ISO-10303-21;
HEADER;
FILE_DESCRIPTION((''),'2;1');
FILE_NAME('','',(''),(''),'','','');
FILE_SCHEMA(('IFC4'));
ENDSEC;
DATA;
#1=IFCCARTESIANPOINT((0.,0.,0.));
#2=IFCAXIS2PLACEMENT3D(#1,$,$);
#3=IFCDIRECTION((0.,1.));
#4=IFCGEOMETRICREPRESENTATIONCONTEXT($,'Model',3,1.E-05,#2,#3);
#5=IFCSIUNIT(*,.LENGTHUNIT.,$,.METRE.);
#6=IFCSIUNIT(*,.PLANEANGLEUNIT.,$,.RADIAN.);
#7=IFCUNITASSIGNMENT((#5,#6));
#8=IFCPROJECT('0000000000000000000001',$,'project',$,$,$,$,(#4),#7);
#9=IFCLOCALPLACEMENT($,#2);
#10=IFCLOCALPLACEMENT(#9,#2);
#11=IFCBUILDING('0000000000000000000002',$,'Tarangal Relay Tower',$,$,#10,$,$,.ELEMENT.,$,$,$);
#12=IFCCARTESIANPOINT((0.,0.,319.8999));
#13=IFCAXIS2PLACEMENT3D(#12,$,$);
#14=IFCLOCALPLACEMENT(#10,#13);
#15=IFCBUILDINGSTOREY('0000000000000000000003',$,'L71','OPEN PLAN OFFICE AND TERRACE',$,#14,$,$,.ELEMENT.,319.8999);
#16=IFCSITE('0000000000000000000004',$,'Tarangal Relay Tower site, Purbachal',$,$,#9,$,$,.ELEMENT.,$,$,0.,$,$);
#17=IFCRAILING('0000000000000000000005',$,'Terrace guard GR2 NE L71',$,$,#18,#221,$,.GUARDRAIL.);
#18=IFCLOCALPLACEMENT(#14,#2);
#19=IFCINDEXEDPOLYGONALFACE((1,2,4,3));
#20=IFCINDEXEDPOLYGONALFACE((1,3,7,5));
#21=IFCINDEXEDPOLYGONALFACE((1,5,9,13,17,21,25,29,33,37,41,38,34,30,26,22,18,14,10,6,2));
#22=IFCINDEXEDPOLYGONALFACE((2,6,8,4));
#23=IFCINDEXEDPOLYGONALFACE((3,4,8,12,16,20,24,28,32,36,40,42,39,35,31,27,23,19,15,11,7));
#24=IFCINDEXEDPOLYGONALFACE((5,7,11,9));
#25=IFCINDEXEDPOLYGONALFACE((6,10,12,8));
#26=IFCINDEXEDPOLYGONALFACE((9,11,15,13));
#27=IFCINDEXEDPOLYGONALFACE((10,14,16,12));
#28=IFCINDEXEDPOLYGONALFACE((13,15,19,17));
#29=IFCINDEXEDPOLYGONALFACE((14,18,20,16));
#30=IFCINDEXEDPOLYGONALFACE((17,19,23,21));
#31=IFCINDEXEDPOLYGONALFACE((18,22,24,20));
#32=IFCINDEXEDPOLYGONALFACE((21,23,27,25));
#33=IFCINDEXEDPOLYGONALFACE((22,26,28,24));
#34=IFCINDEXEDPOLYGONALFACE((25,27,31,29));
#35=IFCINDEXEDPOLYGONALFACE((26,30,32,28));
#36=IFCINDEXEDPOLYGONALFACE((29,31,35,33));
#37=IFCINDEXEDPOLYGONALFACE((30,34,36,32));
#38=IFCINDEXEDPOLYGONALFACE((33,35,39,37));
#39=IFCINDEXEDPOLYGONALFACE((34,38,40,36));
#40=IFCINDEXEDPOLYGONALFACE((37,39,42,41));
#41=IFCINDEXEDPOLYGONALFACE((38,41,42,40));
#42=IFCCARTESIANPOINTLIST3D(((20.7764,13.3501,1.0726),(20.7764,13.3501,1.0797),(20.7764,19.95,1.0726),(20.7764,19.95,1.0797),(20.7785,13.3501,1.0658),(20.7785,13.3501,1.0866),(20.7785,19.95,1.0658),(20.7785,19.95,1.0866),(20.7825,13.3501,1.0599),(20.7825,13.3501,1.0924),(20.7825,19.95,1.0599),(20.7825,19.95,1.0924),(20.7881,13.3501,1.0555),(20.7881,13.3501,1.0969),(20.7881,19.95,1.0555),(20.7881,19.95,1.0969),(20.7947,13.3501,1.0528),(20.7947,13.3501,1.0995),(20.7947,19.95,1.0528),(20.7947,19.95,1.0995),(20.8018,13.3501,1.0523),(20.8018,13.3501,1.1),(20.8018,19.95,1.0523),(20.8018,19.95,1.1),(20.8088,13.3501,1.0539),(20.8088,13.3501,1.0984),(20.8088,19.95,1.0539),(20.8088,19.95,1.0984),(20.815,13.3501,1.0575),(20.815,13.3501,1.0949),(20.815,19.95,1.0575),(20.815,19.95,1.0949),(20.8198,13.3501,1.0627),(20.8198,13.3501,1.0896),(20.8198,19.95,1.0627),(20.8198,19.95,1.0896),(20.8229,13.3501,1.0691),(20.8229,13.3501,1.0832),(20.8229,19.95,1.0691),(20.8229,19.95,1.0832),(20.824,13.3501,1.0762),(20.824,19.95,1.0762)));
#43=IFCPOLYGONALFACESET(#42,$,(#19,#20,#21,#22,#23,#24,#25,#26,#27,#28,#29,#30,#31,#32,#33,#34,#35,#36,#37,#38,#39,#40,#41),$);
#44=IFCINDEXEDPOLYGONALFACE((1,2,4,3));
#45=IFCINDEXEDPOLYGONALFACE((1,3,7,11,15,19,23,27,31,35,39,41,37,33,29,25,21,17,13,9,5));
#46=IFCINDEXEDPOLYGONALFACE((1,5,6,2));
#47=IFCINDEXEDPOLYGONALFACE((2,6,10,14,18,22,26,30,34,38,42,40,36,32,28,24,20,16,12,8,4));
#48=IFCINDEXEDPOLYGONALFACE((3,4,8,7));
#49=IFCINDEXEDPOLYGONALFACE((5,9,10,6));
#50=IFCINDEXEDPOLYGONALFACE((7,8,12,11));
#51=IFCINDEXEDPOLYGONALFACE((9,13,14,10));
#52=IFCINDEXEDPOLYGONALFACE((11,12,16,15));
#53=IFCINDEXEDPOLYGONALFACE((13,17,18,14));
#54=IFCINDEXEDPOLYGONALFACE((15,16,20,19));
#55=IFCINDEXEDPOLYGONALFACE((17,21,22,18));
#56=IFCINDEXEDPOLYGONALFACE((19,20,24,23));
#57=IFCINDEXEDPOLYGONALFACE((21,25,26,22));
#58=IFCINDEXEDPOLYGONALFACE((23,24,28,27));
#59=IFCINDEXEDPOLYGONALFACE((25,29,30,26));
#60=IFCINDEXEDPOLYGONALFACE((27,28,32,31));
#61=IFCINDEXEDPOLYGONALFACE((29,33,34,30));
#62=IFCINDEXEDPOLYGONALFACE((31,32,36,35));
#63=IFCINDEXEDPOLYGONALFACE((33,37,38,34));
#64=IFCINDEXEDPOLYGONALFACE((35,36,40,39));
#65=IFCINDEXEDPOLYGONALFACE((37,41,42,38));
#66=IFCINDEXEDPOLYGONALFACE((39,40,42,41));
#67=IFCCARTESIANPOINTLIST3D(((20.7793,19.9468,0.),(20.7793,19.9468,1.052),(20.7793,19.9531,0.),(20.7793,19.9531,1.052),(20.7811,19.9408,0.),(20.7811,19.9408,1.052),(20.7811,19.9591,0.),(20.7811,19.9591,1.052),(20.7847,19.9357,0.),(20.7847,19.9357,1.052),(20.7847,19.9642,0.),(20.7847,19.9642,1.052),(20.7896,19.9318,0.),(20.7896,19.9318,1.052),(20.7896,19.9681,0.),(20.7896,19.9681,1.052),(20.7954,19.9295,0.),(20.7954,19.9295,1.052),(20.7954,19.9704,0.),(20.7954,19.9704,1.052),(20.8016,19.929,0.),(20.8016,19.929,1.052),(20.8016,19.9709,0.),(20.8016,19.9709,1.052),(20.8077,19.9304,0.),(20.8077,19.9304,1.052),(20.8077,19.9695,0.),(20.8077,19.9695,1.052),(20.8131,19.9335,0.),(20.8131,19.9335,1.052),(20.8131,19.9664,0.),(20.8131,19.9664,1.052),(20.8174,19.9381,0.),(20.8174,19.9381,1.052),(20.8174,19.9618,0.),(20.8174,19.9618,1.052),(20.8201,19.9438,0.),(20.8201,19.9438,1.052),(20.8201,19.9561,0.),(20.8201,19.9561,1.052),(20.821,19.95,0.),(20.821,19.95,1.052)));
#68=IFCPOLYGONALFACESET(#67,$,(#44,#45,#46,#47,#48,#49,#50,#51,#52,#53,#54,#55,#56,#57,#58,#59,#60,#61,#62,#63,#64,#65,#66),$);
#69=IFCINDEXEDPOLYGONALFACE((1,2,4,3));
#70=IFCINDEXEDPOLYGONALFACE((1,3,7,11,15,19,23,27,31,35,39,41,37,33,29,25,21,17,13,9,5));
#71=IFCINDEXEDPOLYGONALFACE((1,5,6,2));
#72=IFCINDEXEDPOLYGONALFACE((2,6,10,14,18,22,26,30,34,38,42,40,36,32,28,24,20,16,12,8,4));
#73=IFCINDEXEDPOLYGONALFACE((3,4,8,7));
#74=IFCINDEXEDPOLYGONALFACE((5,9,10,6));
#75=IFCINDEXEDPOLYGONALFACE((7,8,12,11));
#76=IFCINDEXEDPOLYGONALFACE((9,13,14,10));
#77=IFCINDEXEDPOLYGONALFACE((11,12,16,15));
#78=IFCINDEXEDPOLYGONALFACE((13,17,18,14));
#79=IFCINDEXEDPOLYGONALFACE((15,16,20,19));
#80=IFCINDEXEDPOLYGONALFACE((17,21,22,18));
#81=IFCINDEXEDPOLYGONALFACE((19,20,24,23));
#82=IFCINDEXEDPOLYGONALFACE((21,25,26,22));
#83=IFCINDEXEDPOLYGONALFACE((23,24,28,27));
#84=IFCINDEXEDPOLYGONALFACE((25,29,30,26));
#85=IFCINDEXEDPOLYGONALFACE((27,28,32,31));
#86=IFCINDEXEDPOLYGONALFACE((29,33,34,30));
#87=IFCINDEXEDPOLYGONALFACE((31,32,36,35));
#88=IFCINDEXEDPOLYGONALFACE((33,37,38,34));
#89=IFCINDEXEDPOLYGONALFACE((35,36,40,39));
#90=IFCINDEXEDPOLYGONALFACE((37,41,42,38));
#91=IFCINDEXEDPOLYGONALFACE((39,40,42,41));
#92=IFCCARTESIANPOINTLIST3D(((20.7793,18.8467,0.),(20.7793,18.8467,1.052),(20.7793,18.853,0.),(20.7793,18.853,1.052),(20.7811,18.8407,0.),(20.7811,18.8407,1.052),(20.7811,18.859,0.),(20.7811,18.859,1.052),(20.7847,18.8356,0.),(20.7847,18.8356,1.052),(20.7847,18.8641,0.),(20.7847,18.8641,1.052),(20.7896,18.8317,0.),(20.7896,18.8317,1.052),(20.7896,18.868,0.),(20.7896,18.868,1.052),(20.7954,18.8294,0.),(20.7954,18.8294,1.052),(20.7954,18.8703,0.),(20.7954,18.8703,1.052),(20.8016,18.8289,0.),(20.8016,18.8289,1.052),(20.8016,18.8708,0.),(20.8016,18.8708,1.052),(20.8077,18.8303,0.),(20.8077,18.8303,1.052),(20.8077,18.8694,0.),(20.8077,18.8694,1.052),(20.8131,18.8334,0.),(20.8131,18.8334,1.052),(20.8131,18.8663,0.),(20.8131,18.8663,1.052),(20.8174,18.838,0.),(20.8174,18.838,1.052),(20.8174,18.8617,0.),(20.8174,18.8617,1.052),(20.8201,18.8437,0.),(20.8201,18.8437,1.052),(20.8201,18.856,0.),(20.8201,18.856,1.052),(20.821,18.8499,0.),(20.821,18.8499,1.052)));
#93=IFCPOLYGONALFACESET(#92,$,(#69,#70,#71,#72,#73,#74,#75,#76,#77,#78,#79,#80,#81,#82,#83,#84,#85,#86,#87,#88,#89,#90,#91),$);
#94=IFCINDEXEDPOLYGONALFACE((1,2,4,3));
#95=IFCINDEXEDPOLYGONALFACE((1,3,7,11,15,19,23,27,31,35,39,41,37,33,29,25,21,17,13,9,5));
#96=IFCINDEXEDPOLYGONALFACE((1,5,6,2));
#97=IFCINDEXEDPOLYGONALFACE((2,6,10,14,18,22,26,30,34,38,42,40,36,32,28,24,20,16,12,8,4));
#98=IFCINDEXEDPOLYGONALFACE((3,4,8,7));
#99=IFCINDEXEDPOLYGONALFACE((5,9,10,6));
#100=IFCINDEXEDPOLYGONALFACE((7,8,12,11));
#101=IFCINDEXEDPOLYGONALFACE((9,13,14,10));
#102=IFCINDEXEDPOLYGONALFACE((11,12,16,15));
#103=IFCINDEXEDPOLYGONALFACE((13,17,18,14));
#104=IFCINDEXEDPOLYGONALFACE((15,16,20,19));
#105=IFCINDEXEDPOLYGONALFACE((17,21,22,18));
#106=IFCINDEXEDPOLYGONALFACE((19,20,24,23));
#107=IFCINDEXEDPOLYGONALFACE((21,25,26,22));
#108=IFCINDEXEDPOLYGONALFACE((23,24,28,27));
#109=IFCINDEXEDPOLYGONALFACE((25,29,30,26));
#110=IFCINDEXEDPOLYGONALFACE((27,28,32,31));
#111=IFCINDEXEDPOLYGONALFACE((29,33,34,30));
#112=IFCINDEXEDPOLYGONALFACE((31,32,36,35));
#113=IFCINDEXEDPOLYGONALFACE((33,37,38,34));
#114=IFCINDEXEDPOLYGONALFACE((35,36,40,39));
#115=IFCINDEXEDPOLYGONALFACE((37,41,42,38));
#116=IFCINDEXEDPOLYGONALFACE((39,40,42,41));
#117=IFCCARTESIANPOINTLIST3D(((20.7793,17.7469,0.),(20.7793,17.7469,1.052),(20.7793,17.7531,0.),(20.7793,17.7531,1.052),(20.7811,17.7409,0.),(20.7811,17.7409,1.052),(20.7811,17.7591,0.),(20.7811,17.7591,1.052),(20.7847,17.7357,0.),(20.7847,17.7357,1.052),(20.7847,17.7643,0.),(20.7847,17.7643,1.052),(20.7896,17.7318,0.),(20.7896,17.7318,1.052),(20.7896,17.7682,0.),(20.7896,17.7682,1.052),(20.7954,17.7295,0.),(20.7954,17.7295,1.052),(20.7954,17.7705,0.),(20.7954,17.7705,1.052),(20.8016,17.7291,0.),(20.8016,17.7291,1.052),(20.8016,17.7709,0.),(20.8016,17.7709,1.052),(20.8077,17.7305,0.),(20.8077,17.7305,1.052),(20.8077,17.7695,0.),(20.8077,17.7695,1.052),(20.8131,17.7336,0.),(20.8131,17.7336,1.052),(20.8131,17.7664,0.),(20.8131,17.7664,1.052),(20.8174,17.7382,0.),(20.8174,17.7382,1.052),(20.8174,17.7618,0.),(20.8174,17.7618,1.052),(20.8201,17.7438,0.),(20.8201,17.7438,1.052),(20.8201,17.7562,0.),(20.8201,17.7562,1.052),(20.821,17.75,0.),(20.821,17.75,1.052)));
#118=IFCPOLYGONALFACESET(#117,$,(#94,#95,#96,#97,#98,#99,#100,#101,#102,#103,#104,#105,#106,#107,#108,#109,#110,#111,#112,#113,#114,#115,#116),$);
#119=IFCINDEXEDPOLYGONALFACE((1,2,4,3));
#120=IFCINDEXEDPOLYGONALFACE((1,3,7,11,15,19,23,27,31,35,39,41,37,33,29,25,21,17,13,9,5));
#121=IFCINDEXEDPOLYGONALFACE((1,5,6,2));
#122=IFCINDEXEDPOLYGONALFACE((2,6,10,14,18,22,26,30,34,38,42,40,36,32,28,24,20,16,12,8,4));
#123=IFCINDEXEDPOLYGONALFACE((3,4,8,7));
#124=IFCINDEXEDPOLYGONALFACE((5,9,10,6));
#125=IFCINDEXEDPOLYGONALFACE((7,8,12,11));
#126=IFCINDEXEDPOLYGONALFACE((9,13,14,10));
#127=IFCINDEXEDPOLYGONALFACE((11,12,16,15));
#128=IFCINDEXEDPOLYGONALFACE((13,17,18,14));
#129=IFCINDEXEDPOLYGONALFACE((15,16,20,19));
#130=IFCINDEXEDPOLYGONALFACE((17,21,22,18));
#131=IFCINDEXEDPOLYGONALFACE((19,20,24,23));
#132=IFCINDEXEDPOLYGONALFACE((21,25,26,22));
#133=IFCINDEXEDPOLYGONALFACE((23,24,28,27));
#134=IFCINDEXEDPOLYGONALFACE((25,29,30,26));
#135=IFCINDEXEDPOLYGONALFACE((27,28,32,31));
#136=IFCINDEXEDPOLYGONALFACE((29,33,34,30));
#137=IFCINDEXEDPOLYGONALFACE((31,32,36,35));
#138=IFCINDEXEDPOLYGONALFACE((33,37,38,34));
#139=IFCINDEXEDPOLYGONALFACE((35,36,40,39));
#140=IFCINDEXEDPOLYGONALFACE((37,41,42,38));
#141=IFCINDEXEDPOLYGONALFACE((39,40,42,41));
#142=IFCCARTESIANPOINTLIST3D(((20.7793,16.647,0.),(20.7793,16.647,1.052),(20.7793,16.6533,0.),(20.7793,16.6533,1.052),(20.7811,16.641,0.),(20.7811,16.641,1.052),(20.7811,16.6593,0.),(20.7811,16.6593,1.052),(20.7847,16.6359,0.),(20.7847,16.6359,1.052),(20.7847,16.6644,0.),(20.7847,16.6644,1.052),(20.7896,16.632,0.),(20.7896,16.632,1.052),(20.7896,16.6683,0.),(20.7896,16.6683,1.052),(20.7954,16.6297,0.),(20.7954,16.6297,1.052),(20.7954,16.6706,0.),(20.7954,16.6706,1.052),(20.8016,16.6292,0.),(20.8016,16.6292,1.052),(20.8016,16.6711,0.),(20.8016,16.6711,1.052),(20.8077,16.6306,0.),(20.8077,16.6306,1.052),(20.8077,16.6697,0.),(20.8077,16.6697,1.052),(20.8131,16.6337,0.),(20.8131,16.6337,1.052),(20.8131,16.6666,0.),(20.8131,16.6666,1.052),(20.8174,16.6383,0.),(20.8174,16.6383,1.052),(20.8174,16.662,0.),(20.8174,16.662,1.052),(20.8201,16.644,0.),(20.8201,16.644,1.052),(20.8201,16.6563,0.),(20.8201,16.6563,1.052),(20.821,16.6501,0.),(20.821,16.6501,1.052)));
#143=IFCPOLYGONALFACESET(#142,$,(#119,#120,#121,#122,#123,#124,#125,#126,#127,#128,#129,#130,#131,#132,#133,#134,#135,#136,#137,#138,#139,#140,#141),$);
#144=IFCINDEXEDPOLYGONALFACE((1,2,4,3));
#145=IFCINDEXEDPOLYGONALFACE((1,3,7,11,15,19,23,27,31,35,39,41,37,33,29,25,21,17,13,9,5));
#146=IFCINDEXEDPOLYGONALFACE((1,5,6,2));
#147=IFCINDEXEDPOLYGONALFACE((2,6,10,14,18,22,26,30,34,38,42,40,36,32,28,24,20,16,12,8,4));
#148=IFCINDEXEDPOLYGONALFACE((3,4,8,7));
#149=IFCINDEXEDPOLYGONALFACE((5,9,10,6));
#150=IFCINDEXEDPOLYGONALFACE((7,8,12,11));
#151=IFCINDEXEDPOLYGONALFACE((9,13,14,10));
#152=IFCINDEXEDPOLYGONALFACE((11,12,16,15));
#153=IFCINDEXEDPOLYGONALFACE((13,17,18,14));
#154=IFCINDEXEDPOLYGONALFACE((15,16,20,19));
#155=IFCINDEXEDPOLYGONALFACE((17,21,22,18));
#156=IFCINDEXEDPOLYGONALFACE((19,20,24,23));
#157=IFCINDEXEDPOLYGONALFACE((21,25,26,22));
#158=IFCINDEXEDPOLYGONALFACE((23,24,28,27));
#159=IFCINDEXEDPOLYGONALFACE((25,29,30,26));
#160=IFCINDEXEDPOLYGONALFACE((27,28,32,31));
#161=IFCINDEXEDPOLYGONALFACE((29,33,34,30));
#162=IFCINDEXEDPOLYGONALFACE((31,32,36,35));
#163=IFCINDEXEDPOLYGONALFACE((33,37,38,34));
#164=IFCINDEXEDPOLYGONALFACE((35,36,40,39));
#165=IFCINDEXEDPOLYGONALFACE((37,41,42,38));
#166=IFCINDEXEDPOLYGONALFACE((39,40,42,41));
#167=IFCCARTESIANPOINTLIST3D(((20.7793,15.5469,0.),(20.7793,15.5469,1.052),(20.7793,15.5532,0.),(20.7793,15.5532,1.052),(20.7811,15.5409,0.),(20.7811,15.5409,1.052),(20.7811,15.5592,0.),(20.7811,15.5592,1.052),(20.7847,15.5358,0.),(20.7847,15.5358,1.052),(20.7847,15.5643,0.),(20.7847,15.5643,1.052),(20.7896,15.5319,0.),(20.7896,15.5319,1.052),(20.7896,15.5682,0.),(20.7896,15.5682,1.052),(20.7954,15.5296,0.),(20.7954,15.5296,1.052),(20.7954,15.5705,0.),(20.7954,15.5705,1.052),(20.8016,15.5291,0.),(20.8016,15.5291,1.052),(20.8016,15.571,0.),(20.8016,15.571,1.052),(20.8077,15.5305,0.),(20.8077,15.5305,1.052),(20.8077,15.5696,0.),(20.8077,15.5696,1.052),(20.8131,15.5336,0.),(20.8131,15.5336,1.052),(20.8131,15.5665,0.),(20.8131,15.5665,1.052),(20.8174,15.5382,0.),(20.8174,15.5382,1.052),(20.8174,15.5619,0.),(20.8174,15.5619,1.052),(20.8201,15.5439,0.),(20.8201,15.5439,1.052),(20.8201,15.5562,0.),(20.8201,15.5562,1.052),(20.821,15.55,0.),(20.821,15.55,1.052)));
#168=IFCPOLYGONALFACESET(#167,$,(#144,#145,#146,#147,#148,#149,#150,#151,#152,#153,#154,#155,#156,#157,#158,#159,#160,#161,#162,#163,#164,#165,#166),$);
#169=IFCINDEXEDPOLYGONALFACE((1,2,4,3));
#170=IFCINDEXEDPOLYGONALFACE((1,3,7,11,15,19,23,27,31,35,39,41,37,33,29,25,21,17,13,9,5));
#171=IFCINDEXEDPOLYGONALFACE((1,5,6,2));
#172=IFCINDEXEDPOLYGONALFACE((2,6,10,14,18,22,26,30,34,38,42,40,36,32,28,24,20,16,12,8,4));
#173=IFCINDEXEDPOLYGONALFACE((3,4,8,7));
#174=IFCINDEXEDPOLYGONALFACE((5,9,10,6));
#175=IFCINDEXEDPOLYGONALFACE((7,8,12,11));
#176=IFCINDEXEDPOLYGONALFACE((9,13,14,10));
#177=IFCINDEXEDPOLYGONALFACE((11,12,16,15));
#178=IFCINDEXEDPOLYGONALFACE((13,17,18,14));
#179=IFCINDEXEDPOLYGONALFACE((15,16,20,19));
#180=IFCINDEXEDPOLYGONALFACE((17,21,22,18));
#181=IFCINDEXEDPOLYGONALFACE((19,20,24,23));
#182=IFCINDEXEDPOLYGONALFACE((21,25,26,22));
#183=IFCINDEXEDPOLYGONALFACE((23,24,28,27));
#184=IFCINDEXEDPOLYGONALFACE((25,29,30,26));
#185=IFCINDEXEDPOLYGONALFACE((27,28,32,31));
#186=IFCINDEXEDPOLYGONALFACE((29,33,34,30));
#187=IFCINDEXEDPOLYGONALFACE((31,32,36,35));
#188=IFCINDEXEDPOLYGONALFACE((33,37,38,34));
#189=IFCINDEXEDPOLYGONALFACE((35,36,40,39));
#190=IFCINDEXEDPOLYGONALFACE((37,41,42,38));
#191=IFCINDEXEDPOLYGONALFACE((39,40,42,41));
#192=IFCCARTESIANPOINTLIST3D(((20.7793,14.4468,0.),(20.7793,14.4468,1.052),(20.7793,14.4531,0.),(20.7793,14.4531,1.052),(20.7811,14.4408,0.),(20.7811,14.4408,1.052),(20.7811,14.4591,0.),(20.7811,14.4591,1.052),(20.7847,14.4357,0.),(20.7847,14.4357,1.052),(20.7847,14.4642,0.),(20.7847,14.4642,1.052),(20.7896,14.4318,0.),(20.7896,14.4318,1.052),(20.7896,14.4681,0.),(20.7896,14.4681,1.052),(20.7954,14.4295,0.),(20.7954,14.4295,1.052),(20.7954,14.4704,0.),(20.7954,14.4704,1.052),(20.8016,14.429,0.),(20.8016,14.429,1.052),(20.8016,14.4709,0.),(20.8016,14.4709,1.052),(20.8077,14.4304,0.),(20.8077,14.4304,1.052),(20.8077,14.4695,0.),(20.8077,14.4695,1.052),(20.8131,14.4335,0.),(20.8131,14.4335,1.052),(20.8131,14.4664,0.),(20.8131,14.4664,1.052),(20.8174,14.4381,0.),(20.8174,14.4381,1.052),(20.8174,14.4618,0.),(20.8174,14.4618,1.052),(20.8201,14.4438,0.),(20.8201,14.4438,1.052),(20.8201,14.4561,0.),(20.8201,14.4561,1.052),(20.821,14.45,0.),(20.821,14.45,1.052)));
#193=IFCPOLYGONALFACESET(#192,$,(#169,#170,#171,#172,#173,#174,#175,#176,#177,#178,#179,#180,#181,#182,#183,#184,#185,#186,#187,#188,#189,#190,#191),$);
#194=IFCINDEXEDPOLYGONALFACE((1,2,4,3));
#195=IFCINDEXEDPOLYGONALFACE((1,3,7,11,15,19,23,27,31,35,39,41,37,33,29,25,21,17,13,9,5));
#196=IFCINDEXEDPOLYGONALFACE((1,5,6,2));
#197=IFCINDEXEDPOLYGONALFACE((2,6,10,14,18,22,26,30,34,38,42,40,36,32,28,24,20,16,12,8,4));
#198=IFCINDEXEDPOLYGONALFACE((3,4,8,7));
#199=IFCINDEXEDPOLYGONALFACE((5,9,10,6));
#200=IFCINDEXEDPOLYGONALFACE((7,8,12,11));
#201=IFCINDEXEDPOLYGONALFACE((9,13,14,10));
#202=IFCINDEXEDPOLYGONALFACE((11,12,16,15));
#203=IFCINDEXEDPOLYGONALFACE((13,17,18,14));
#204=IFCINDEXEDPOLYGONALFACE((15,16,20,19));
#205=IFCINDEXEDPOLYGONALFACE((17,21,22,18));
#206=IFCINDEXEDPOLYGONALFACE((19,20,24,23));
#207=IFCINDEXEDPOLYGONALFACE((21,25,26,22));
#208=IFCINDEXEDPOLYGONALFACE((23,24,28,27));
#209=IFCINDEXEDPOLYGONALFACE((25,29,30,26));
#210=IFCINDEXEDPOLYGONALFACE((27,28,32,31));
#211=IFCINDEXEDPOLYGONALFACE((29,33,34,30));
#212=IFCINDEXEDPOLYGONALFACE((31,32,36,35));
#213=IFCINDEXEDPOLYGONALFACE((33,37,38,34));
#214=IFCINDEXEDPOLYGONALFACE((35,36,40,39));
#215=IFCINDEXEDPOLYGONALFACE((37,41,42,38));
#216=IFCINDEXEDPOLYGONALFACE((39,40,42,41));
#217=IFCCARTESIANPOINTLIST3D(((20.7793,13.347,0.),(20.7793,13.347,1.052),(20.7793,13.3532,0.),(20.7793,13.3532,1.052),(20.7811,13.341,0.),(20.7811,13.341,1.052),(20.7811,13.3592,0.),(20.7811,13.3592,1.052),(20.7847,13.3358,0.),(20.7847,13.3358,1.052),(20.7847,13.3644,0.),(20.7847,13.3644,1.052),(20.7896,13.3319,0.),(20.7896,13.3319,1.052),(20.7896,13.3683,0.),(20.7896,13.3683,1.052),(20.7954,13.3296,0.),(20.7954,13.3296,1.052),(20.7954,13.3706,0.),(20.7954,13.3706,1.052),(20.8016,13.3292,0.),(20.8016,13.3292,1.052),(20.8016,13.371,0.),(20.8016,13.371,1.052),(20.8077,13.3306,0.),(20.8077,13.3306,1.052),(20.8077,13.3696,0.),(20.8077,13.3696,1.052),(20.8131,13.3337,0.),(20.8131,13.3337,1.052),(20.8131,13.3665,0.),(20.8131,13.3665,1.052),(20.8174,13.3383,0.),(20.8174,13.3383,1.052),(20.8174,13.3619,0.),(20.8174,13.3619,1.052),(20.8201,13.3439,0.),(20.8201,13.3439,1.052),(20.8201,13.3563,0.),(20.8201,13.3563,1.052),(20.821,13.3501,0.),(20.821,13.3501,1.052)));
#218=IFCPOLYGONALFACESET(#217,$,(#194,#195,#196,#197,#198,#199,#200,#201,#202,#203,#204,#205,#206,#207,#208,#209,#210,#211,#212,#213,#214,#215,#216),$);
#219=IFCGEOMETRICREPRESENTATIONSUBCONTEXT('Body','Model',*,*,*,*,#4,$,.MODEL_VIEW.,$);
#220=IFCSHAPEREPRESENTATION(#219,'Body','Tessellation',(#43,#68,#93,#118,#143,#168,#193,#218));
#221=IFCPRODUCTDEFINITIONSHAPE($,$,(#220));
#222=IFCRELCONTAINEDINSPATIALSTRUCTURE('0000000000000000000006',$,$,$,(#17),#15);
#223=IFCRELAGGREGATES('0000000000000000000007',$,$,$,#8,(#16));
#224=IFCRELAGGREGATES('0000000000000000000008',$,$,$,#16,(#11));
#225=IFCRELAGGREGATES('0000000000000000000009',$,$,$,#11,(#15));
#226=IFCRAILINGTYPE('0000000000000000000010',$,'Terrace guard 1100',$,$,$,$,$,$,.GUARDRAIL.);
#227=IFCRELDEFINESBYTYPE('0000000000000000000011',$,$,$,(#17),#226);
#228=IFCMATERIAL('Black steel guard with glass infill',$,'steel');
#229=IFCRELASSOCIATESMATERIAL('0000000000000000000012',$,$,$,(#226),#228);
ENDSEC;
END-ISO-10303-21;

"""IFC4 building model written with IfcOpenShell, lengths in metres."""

from ifc_helpers import new_model, si_unit, direction, frame, origin, origin_2d, place, context, subcontext, project, spatial, circle, extrude, material, type_object, element, save


model = new_model("IFC4")

# Units and contexts
model_context = context("Model", 3, precision=1e-05, world=origin(), true_north=direction((0.0, 1.0)))
body_context = subcontext(model_context, "Body", "Model", "MODEL_VIEW")
ifc_project = project(units=[si_unit("LENGTHUNIT", "METRE"), si_unit("PLANEANGLEUNIT", "RADIAN")], contexts=[model_context])

# Site, building, storey
site_placement = place(None, origin())
site = spatial("IfcSite", under=ifc_project, at=site_placement, Name="Tarangal Relay Tower site, Purbachal", CompositionType="ELEMENT", RefElevation=0.0)
building_placement = place(site_placement, origin())
building = spatial("IfcBuilding", under=site, at=building_placement, Name="Tarangal Relay Tower", CompositionType="ELEMENT")
storey_placement = place(building_placement, frame((0.0, 0.0, 319.8999)))
storey = spatial("IfcBuildingStorey", under=building, at=storey_placement, Name="L71", Description="OPEN PLAN OFFICE AND TERRACE", CompositionType="ELEMENT", Elevation=319.8999)

# Railing
ifc_material_1 = material(Name="Black steel guard with glass infill", Category="steel")
railing_type = type_object("IfcRailingType", Name="Terrace guard 1100", PredefinedType="GUARDRAIL", material=ifc_material_1)
railing_1_placement = place(storey_placement, frame((20.8, 19.95, 0.0)))
element("IfcRailing", 1, at=railing_1_placement, inside=storey, type_object=railing_type, Name="Terrace guard GR2 NE L71", PredefinedType="GUARDRAIL", context=body_context, shape_type="SweptSolid", body=[
    extrude(circle(Radius=0.0239, at=origin_2d()), frame((0.0, 0.0, 1.0762), z_axis=(0.0, -1.0, 0.0), x_axis=(1.0, 0.0, 0.0)), (0.0, 0.0, 1.0), 6.5999),
    extrude(circle(Radius=0.021, at=origin_2d()), origin(), (0.0, 0.0, 1.0), 1.052),
    extrude(circle(Radius=0.021, at=origin_2d()), frame((0.0, -1.1001, 0.0)), (0.0, 0.0, 1.0), 1.052),
    extrude(circle(Radius=0.021, at=origin_2d()), frame((0.0, -2.2, 0.0)), (0.0, 0.0, 1.0), 1.052),
    extrude(circle(Radius=0.021, at=origin_2d()), frame((0.0, -3.2998, 0.0)), (0.0, 0.0, 1.0), 1.052),
    extrude(circle(Radius=0.021, at=origin_2d()), frame((0.0, -4.3999, 0.0)), (0.0, 0.0, 1.0), 1.052),
    extrude(circle(Radius=0.021, at=origin_2d()), frame((0.0, -5.5, 0.0)), (0.0, 0.0, 1.0), 1.052),
    extrude(circle(Radius=0.021, at=origin_2d()), frame((0.0, -6.5999, 0.0)), (0.0, 0.0, 1.0), 1.052),
])

save(model, "model.ifc")
